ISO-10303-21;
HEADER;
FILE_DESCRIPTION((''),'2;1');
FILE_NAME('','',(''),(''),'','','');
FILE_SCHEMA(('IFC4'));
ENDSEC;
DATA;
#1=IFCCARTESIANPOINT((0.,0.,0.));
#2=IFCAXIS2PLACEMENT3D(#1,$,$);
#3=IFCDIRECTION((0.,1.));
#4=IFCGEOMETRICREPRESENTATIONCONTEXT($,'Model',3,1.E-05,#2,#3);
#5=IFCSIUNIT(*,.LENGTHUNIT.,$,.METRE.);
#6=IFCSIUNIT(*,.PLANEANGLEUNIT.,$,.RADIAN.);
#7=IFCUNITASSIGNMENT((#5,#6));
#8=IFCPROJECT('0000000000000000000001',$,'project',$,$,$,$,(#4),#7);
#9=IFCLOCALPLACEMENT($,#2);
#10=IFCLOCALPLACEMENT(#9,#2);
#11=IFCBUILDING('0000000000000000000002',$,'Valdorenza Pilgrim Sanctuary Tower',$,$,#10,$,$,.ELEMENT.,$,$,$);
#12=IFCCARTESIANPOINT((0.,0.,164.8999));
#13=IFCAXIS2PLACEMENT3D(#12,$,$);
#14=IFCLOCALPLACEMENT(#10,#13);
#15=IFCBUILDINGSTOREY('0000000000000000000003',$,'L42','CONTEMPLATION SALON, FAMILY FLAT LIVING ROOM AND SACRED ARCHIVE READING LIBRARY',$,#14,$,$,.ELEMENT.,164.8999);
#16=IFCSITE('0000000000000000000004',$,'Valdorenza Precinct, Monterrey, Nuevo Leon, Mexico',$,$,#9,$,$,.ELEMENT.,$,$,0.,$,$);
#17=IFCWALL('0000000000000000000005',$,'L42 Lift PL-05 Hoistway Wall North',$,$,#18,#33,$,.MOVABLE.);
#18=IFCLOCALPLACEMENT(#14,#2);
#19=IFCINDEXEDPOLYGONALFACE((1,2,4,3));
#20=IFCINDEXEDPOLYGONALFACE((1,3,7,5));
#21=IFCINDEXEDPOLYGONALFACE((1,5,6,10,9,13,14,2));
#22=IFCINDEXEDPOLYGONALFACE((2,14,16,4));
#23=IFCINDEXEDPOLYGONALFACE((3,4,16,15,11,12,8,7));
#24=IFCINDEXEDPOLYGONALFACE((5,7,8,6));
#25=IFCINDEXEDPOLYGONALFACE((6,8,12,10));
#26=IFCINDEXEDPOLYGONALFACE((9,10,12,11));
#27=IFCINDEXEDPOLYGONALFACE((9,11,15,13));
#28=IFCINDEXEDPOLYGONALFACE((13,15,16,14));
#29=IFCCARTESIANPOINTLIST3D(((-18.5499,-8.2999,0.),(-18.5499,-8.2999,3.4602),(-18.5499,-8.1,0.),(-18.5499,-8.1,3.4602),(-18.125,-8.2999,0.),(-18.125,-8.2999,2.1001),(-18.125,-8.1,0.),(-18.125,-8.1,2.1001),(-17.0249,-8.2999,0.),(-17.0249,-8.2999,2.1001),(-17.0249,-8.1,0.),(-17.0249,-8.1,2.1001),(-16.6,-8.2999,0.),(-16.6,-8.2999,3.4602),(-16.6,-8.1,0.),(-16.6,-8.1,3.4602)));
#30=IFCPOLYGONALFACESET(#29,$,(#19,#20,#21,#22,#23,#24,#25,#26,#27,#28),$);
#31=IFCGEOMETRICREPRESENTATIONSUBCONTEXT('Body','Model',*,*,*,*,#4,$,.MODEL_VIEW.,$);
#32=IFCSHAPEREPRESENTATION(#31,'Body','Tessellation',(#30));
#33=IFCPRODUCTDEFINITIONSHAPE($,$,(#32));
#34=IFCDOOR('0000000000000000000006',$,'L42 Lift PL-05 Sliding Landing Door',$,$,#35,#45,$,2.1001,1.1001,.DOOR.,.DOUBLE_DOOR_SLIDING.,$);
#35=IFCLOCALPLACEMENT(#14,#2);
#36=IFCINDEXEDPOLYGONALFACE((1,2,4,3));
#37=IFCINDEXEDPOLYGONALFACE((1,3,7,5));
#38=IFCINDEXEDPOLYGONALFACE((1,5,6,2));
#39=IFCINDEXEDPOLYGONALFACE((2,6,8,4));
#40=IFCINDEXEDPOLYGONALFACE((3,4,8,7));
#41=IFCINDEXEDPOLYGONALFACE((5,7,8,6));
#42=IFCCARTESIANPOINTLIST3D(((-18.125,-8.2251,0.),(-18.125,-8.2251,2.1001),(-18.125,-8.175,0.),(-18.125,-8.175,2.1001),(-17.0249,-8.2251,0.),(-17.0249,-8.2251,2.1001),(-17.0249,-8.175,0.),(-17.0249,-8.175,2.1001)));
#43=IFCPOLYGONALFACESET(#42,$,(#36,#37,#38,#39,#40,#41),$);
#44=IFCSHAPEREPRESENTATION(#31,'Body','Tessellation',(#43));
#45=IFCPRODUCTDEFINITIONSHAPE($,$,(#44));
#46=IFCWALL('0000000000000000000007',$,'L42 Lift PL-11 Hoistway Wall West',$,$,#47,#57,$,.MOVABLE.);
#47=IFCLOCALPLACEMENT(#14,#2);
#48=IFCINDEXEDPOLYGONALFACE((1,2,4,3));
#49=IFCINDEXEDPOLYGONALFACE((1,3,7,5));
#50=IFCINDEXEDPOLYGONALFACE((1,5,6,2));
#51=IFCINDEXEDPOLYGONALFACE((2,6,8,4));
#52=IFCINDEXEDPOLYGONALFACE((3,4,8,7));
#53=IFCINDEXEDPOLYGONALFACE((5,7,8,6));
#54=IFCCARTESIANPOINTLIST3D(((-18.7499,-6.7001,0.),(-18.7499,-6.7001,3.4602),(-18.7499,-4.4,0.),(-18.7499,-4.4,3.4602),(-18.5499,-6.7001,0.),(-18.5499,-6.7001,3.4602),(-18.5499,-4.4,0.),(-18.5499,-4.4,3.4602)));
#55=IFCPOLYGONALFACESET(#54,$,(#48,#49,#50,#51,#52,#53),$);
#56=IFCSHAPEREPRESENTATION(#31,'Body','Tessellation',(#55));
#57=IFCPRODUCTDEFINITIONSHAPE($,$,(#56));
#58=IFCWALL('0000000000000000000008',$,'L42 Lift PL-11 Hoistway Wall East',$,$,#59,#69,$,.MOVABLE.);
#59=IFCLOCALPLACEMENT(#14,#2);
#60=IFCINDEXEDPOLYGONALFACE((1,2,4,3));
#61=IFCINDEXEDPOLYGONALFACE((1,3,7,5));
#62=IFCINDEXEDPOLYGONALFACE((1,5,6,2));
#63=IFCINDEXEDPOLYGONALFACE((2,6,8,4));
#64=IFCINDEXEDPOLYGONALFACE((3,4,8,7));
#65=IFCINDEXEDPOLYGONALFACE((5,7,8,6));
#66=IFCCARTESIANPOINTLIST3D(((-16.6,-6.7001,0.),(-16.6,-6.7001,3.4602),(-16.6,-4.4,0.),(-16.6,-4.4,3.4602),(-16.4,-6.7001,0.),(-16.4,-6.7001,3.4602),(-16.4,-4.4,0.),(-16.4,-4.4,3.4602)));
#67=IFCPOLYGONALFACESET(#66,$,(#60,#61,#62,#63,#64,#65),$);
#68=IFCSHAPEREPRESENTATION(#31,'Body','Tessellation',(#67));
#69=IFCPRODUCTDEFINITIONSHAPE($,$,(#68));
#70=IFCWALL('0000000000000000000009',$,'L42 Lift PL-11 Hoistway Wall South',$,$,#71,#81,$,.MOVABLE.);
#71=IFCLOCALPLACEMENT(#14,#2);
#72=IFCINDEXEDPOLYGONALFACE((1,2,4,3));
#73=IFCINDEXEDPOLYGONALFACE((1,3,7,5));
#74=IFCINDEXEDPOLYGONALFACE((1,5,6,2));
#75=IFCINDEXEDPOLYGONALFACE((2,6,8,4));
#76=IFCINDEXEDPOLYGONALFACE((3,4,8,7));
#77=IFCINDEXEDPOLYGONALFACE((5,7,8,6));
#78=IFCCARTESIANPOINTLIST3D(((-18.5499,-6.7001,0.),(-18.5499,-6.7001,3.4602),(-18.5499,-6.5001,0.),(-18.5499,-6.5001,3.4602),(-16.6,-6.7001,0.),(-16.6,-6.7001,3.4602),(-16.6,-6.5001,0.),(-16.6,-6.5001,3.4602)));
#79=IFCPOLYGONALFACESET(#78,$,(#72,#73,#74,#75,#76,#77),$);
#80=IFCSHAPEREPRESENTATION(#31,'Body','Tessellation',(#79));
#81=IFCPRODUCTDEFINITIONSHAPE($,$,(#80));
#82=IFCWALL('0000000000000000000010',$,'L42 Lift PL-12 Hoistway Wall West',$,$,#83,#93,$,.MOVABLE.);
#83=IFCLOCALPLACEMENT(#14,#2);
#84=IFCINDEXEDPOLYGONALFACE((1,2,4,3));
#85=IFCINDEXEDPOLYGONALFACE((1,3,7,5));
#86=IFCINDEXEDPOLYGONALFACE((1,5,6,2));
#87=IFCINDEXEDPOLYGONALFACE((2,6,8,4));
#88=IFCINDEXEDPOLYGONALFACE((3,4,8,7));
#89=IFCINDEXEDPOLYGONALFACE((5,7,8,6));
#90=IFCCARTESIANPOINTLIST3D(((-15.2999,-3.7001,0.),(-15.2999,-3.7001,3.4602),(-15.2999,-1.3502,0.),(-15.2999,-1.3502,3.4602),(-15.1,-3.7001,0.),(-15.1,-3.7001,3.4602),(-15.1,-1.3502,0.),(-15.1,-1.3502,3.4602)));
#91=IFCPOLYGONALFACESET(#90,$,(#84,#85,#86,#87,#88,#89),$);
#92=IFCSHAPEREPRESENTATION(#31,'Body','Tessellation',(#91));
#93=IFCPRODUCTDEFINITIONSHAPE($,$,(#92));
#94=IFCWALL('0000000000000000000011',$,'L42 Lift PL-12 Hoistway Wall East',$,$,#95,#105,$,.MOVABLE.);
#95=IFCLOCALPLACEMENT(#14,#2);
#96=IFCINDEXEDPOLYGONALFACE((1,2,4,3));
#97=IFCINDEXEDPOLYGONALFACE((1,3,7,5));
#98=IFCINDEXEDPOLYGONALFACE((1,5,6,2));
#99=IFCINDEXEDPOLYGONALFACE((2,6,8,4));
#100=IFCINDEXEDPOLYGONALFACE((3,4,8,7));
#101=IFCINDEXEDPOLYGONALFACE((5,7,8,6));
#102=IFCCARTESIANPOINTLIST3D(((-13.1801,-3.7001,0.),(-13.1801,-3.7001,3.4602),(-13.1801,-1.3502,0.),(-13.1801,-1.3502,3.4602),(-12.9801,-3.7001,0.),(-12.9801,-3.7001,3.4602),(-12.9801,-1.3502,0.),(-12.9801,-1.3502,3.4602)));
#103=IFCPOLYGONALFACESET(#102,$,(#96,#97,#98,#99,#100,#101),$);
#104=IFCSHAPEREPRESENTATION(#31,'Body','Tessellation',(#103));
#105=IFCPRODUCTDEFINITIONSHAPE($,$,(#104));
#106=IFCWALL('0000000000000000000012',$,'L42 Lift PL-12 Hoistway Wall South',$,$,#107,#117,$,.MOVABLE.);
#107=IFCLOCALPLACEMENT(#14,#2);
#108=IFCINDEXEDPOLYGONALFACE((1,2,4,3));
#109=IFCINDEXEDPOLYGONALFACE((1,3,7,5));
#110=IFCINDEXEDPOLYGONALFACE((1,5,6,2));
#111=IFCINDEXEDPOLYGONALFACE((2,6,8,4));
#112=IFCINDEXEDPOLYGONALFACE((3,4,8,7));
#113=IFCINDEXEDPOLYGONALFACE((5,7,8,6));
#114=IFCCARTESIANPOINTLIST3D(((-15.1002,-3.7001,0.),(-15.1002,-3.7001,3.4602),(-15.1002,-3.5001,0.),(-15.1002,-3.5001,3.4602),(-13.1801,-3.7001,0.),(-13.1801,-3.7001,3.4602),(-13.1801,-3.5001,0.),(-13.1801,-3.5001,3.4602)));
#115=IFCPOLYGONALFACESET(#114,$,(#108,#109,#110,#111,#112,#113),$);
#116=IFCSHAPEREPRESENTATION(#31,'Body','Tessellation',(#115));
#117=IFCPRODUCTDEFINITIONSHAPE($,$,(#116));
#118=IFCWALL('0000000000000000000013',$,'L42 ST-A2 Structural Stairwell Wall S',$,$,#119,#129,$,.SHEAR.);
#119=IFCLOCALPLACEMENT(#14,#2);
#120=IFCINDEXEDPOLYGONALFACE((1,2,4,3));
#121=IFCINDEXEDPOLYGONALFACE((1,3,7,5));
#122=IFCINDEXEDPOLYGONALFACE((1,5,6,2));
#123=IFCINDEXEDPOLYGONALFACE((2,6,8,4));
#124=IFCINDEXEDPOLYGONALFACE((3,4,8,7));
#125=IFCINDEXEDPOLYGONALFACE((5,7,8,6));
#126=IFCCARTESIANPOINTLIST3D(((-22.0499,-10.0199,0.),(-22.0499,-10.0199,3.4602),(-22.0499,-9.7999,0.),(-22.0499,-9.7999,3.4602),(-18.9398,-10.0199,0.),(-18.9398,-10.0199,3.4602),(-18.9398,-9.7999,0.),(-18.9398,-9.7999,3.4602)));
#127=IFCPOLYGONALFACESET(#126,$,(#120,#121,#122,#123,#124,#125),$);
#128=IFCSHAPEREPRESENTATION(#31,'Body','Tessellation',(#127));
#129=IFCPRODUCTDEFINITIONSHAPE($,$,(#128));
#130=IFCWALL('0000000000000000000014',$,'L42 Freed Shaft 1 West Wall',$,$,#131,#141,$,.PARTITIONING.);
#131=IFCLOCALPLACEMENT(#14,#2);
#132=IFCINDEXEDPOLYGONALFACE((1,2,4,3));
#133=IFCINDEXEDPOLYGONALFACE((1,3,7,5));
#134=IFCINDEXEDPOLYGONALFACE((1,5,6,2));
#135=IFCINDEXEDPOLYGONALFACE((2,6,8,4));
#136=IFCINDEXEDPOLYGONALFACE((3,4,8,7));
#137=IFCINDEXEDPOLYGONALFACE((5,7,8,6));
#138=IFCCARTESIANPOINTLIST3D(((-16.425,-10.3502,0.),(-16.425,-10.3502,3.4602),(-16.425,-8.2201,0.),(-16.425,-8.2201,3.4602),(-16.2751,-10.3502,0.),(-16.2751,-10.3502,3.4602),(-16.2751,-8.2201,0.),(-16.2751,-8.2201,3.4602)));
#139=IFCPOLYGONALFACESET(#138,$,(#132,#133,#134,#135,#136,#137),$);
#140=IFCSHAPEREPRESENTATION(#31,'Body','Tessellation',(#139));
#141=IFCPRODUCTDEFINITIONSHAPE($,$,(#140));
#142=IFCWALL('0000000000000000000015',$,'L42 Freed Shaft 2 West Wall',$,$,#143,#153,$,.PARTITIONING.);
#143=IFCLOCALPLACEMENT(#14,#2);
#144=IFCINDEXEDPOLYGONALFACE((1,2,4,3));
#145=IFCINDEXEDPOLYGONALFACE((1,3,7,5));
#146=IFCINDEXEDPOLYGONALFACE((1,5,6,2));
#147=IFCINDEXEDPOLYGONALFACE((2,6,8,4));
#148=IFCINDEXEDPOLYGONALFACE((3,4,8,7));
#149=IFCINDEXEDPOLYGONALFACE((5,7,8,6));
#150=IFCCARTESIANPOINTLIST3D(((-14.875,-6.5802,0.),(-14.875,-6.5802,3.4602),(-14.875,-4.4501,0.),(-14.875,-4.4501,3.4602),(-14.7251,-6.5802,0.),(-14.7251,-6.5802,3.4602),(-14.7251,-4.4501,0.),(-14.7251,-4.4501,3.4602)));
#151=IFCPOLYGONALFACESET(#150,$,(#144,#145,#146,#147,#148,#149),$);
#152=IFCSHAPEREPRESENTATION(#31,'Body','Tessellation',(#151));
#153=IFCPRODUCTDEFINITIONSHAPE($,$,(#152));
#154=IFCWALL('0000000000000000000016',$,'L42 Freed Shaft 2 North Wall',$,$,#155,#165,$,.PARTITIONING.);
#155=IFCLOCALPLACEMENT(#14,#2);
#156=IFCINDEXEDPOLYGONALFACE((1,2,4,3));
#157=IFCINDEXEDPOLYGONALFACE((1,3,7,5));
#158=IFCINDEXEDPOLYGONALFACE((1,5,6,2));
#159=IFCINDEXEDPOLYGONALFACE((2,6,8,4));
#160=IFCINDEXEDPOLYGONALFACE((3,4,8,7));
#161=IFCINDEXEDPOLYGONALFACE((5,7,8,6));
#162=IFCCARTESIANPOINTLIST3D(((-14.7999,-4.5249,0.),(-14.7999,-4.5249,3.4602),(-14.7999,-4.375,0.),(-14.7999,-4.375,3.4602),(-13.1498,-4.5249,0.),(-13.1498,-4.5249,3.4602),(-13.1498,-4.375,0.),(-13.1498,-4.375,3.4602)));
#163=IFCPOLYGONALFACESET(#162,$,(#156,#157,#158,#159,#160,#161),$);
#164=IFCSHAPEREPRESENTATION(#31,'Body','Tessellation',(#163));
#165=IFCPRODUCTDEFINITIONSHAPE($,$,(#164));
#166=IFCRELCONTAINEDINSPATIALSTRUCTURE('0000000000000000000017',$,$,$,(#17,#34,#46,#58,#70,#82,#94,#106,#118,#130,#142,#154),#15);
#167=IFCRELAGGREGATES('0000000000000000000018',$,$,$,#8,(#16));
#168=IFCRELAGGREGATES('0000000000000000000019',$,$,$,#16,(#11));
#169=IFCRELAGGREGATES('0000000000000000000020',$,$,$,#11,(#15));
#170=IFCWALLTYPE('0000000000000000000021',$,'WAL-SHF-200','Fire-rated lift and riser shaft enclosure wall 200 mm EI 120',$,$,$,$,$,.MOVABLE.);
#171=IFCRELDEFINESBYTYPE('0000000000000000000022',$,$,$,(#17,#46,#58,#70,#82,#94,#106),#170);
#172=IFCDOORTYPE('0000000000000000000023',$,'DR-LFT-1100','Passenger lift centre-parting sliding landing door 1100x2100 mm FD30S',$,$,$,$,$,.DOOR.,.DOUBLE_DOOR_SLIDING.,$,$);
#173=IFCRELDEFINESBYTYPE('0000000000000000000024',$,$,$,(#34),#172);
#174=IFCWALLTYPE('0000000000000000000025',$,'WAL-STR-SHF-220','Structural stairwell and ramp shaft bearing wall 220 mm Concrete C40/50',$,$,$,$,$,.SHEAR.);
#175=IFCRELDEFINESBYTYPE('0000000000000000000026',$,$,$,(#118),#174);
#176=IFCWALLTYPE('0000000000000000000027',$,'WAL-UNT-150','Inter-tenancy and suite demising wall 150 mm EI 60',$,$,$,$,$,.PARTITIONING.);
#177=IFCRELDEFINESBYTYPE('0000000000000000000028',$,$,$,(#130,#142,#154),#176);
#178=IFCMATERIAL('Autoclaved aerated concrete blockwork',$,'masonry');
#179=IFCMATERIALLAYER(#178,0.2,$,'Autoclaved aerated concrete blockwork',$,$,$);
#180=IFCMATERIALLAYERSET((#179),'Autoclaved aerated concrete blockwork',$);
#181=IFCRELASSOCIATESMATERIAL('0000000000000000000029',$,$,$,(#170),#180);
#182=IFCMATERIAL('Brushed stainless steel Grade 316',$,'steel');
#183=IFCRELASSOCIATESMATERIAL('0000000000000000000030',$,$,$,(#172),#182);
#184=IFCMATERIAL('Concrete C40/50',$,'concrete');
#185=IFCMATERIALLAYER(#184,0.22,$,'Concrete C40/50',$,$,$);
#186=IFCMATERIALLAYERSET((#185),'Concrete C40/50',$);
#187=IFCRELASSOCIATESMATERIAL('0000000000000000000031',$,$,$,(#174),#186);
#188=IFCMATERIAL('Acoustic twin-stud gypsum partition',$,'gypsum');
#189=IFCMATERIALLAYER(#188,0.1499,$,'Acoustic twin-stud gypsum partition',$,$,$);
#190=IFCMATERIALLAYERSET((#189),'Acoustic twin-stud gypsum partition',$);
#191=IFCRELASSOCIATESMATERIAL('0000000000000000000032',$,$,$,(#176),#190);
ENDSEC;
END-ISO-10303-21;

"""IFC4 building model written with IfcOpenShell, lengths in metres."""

from ifc_helpers import new_model, si_unit, direction, frame, frame_2d, origin, place, context, subcontext, project, spatial, rectangle, extrude, material, layer, layer_set, type_object, element, fill, save


model = new_model("IFC4")

# Units and contexts
model_context = context("Model", 3, precision=1e-05, world=origin(), true_north=direction((0.0, 1.0)))
body_context = subcontext(model_context, "Body", "Model", "MODEL_VIEW")
ifc_project = project(units=[si_unit("LENGTHUNIT", "METRE"), si_unit("PLANEANGLEUNIT", "RADIAN")], contexts=[model_context])

# Site, building, storey
site_placement = place(None, origin())
site = spatial("IfcSite", under=ifc_project, at=site_placement, Name="Valdorenza Precinct, Monterrey, Nuevo Leon, Mexico", CompositionType="ELEMENT", RefElevation=0.0)
building_placement = place(site_placement, origin())
building = spatial("IfcBuilding", under=site, at=building_placement, Name="Valdorenza Pilgrim Sanctuary Tower", CompositionType="ELEMENT")
storey_placement = place(building_placement, frame((0.0, 0.0, 164.8999)))
storey = spatial("IfcBuildingStorey", under=building, at=storey_placement, Name="L42", Description="CONTEMPLATION SALON, FAMILY FLAT LIVING ROOM AND SACRED ARCHIVE READING LIBRARY", CompositionType="ELEMENT", Elevation=164.8999)

# Shared definitions
ifc_material_1 = material(Name="Acoustic twin-stud gypsum partition", Category="gypsum")

# Shared definitions
ifc_material_2 = material(Name="Autoclaved aerated concrete blockwork", Category="masonry")
ifc_layer_1 = layer(ifc_material_2, 0.2, Name="Autoclaved aerated concrete blockwork")
ifc_layer_set_1 = layer_set([ifc_layer_1], Name="Autoclaved aerated concrete blockwork")
wall_type_1 = type_object("IfcWallType", Name="WAL-SHF-200", Description="Fire-rated lift and riser shaft enclosure wall 200 mm EI 120", PredefinedType="MOVABLE", material=ifc_layer_set_1)

# Wall, opening, door
wall_1_placement = place(storey_placement, frame((-18.55, -8.2, 0.0), z_axis=(0.0, 0.0, 1.0), x_axis=(1.0, 0.0, 0.0)))
wall_1 = element("IfcWall", 1, at=wall_1_placement, inside=storey, type_object=wall_type_1, Name="L42 Lift PL-05 Hoistway Wall North", PredefinedType="MOVABLE", context=body_context, shape_type="SweptSolid", body=[
    extrude(rectangle(XDim=1.95, YDim=0.2, at=frame_2d((0.9751, 0.0))), origin(), (0.0, 0.0, 1.0), 3.4602),
])
opening_1_placement = place(wall_1_placement, frame((0.425, 0.0, 0.0)))
opening_1 = element("IfcOpeningElement", 2, at=opening_1_placement, cuts=wall_1, PredefinedType="OPENING", context=body_context, shape_type="SweptSolid", body=[
    extrude(rectangle(XDim=1.1001, YDim=2.1001, at=frame_2d((0.55, 1.05))), frame((0.0, 0.1147, 0.0), z_axis=(0.0, -1.0, 0.0), x_axis=(1.0, 0.0, 0.0)), (0.0, 0.0, 1.0), 0.2297),
])
ifc_material_3 = material(Name="Brushed stainless steel Grade 316", Category="steel")
door_type_1 = type_object("IfcDoorType", Name="DR-LFT-1100", Description="Passenger lift centre-parting sliding landing door 1100x2100 mm FD30S", OperationType="DOUBLE_DOOR_SLIDING", PredefinedType="DOOR", material=ifc_material_3)
door_1_placement = place(opening_1_placement, origin())
door_1 = element("IfcDoor", 3, at=door_1_placement, inside=storey, type_object=door_type_1, Name="L42 Lift PL-05 Sliding Landing Door", OperationType="DOUBLE_DOOR_SLIDING", OverallHeight=2.1001, OverallWidth=1.1001, PredefinedType="DOOR", context=body_context, shape_type="SweptSolid", body=[
    extrude(rectangle(XDim=1.1001, YDim=2.1001, at=frame_2d((0.55, 1.05))), frame((0.0, 0.0249, 0.0), z_axis=(0.0, -1.0, 0.0), x_axis=(1.0, 0.0, 0.0)), (0.0, 0.0, 1.0), 0.05),
])
fill(opening_1, door_1)

# Walls
for number, where, z_axis, x_axis, name in (
    (4, (-18.6499, -6.7, 0.0), (0.0, 0.0, 1.0), (0.0, 1.0, 0.0), "L42 Lift PL-11 Hoistway Wall West"),
    (5, (-16.5, -6.7, 0.0), (0.0, 0.0, 1.0), (0.0, 1.0, 0.0), "L42 Lift PL-11 Hoistway Wall East"),
):
    element("IfcWall", number, at=place(storey_placement, frame(where, z_axis=z_axis, x_axis=x_axis)), inside=storey, type_object=wall_type_1, Name=name, PredefinedType="MOVABLE", context=body_context, shape_type="SweptSolid", body=[
        extrude(rectangle(XDim=2.3, YDim=0.2, at=frame_2d((1.1499, 0.0))), origin(), (0.0, 0.0, 1.0), 3.4602),
    ])
wall_2_placement = place(storey_placement, frame((-18.55, -6.6001, 0.0), z_axis=(0.0, 0.0, 1.0), x_axis=(1.0, 0.0, 0.0)))
element("IfcWall", 6, at=wall_2_placement, inside=storey, type_object=wall_type_1, Name="L42 Lift PL-11 Hoistway Wall South", PredefinedType="MOVABLE", context=body_context, shape_type="SweptSolid", body=[
    extrude(rectangle(XDim=1.95, YDim=0.2, at=frame_2d((0.9751, 0.0))), origin(), (0.0, 0.0, 1.0), 3.4602),
])
for number, where, z_axis, x_axis, name in (
    (7, (-15.2, -3.7, 0.0), (0.0, 0.0, 1.0), (0.0, 1.0, 0.0), "L42 Lift PL-12 Hoistway Wall West"),
    (8, (-13.0801, -3.7, 0.0), (0.0, 0.0, 1.0), (0.0, 1.0, 0.0), "L42 Lift PL-12 Hoistway Wall East"),
):
    element("IfcWall", number, at=place(storey_placement, frame(where, z_axis=z_axis, x_axis=x_axis)), inside=storey, type_object=wall_type_1, Name=name, PredefinedType="MOVABLE", context=body_context, shape_type="SweptSolid", body=[
        extrude(rectangle(XDim=2.3499, YDim=0.2, at=frame_2d((1.1748, 0.0))), origin(), (0.0, 0.0, 1.0), 3.4602),
    ])
wall_3_placement = place(storey_placement, frame((-15.1001, -3.6001, 0.0), z_axis=(0.0, 0.0, 1.0), x_axis=(1.0, 0.0, 0.0)))
element("IfcWall", 9, at=wall_3_placement, inside=storey, type_object=wall_type_1, Name="L42 Lift PL-12 Hoistway Wall South", PredefinedType="MOVABLE", context=body_context, shape_type="SweptSolid", body=[
    extrude(rectangle(XDim=1.9202, YDim=0.2, at=frame_2d((0.96, 0.0))), origin(), (0.0, 0.0, 1.0), 3.4602),
])
ifc_material_4 = material(Name="Concrete C40/50", Category="concrete")
ifc_layer_2 = layer(ifc_material_4, 0.22, Name="Concrete C40/50")
ifc_layer_set_2 = layer_set([ifc_layer_2], Name="Concrete C40/50")
wall_type_2 = type_object("IfcWallType", Name="WAL-STR-SHF-220", Description="Structural stairwell and ramp shaft bearing wall 220 mm Concrete C40/50", PredefinedType="SHEAR", material=ifc_layer_set_2)
wall_4_placement = place(storey_placement, frame((-22.05, -9.9099, 0.0), z_axis=(0.0, 0.0, 1.0), x_axis=(1.0, 0.0, 0.0)))
element("IfcWall", 10, at=wall_4_placement, inside=storey, type_object=wall_type_2, Name="L42 ST-A2 Structural Stairwell Wall S", PredefinedType="SHEAR", context=body_context, shape_type="SweptSolid", body=[
    extrude(rectangle(XDim=3.1101, YDim=0.22, at=frame_2d((1.5552, 0.0))), origin(), (0.0, 0.0, 1.0), 3.4602),
])
ifc_layer_3 = layer(ifc_material_1, 0.1499, Name="Acoustic twin-stud gypsum partition")
ifc_layer_set_3 = layer_set([ifc_layer_3], Name="Acoustic twin-stud gypsum partition")
wall_type_3 = type_object("IfcWallType", Name="WAL-UNT-150", Description="Inter-tenancy and suite demising wall 150 mm EI 60", PredefinedType="PARTITIONING", material=ifc_layer_set_3)
for number, where, z_axis, x_axis, name in (
    (11, (-16.3501, -10.3501, 0.0), (0.0, 0.0, 1.0), (0.0, 1.0, 0.0), "L42 Freed Shaft 1 West Wall"),
    (12, (-14.8, -6.5801, 0.0), (0.0, 0.0, 1.0), (0.0, 1.0, 0.0), "L42 Freed Shaft 2 West Wall"),
):
    element("IfcWall", number, at=place(storey_placement, frame(where, z_axis=z_axis, x_axis=x_axis)), inside=storey, type_object=wall_type_3, Name=name, PredefinedType="PARTITIONING", context=body_context, shape_type="SweptSolid", body=[
        extrude(rectangle(XDim=2.1301, YDim=0.1499, at=frame_2d((1.0649, 0.0))), origin(), (0.0, 0.0, 1.0), 3.4602),
    ])
wall_5_placement = place(storey_placement, frame((-14.8, -4.45, 0.0), z_axis=(0.0, 0.0, 1.0), x_axis=(1.0, 0.0, 0.0)))
element("IfcWall", 13, at=wall_5_placement, inside=storey, type_object=wall_type_3, Name="L42 Freed Shaft 2 North Wall", PredefinedType="PARTITIONING", context=body_context, shape_type="SweptSolid", body=[
    extrude(rectangle(XDim=1.6501, YDim=0.1499, at=frame_2d((0.8252, 0.0))), origin(), (0.0, 0.0, 1.0), 3.4602),
])

save(model, "model.ifc")
